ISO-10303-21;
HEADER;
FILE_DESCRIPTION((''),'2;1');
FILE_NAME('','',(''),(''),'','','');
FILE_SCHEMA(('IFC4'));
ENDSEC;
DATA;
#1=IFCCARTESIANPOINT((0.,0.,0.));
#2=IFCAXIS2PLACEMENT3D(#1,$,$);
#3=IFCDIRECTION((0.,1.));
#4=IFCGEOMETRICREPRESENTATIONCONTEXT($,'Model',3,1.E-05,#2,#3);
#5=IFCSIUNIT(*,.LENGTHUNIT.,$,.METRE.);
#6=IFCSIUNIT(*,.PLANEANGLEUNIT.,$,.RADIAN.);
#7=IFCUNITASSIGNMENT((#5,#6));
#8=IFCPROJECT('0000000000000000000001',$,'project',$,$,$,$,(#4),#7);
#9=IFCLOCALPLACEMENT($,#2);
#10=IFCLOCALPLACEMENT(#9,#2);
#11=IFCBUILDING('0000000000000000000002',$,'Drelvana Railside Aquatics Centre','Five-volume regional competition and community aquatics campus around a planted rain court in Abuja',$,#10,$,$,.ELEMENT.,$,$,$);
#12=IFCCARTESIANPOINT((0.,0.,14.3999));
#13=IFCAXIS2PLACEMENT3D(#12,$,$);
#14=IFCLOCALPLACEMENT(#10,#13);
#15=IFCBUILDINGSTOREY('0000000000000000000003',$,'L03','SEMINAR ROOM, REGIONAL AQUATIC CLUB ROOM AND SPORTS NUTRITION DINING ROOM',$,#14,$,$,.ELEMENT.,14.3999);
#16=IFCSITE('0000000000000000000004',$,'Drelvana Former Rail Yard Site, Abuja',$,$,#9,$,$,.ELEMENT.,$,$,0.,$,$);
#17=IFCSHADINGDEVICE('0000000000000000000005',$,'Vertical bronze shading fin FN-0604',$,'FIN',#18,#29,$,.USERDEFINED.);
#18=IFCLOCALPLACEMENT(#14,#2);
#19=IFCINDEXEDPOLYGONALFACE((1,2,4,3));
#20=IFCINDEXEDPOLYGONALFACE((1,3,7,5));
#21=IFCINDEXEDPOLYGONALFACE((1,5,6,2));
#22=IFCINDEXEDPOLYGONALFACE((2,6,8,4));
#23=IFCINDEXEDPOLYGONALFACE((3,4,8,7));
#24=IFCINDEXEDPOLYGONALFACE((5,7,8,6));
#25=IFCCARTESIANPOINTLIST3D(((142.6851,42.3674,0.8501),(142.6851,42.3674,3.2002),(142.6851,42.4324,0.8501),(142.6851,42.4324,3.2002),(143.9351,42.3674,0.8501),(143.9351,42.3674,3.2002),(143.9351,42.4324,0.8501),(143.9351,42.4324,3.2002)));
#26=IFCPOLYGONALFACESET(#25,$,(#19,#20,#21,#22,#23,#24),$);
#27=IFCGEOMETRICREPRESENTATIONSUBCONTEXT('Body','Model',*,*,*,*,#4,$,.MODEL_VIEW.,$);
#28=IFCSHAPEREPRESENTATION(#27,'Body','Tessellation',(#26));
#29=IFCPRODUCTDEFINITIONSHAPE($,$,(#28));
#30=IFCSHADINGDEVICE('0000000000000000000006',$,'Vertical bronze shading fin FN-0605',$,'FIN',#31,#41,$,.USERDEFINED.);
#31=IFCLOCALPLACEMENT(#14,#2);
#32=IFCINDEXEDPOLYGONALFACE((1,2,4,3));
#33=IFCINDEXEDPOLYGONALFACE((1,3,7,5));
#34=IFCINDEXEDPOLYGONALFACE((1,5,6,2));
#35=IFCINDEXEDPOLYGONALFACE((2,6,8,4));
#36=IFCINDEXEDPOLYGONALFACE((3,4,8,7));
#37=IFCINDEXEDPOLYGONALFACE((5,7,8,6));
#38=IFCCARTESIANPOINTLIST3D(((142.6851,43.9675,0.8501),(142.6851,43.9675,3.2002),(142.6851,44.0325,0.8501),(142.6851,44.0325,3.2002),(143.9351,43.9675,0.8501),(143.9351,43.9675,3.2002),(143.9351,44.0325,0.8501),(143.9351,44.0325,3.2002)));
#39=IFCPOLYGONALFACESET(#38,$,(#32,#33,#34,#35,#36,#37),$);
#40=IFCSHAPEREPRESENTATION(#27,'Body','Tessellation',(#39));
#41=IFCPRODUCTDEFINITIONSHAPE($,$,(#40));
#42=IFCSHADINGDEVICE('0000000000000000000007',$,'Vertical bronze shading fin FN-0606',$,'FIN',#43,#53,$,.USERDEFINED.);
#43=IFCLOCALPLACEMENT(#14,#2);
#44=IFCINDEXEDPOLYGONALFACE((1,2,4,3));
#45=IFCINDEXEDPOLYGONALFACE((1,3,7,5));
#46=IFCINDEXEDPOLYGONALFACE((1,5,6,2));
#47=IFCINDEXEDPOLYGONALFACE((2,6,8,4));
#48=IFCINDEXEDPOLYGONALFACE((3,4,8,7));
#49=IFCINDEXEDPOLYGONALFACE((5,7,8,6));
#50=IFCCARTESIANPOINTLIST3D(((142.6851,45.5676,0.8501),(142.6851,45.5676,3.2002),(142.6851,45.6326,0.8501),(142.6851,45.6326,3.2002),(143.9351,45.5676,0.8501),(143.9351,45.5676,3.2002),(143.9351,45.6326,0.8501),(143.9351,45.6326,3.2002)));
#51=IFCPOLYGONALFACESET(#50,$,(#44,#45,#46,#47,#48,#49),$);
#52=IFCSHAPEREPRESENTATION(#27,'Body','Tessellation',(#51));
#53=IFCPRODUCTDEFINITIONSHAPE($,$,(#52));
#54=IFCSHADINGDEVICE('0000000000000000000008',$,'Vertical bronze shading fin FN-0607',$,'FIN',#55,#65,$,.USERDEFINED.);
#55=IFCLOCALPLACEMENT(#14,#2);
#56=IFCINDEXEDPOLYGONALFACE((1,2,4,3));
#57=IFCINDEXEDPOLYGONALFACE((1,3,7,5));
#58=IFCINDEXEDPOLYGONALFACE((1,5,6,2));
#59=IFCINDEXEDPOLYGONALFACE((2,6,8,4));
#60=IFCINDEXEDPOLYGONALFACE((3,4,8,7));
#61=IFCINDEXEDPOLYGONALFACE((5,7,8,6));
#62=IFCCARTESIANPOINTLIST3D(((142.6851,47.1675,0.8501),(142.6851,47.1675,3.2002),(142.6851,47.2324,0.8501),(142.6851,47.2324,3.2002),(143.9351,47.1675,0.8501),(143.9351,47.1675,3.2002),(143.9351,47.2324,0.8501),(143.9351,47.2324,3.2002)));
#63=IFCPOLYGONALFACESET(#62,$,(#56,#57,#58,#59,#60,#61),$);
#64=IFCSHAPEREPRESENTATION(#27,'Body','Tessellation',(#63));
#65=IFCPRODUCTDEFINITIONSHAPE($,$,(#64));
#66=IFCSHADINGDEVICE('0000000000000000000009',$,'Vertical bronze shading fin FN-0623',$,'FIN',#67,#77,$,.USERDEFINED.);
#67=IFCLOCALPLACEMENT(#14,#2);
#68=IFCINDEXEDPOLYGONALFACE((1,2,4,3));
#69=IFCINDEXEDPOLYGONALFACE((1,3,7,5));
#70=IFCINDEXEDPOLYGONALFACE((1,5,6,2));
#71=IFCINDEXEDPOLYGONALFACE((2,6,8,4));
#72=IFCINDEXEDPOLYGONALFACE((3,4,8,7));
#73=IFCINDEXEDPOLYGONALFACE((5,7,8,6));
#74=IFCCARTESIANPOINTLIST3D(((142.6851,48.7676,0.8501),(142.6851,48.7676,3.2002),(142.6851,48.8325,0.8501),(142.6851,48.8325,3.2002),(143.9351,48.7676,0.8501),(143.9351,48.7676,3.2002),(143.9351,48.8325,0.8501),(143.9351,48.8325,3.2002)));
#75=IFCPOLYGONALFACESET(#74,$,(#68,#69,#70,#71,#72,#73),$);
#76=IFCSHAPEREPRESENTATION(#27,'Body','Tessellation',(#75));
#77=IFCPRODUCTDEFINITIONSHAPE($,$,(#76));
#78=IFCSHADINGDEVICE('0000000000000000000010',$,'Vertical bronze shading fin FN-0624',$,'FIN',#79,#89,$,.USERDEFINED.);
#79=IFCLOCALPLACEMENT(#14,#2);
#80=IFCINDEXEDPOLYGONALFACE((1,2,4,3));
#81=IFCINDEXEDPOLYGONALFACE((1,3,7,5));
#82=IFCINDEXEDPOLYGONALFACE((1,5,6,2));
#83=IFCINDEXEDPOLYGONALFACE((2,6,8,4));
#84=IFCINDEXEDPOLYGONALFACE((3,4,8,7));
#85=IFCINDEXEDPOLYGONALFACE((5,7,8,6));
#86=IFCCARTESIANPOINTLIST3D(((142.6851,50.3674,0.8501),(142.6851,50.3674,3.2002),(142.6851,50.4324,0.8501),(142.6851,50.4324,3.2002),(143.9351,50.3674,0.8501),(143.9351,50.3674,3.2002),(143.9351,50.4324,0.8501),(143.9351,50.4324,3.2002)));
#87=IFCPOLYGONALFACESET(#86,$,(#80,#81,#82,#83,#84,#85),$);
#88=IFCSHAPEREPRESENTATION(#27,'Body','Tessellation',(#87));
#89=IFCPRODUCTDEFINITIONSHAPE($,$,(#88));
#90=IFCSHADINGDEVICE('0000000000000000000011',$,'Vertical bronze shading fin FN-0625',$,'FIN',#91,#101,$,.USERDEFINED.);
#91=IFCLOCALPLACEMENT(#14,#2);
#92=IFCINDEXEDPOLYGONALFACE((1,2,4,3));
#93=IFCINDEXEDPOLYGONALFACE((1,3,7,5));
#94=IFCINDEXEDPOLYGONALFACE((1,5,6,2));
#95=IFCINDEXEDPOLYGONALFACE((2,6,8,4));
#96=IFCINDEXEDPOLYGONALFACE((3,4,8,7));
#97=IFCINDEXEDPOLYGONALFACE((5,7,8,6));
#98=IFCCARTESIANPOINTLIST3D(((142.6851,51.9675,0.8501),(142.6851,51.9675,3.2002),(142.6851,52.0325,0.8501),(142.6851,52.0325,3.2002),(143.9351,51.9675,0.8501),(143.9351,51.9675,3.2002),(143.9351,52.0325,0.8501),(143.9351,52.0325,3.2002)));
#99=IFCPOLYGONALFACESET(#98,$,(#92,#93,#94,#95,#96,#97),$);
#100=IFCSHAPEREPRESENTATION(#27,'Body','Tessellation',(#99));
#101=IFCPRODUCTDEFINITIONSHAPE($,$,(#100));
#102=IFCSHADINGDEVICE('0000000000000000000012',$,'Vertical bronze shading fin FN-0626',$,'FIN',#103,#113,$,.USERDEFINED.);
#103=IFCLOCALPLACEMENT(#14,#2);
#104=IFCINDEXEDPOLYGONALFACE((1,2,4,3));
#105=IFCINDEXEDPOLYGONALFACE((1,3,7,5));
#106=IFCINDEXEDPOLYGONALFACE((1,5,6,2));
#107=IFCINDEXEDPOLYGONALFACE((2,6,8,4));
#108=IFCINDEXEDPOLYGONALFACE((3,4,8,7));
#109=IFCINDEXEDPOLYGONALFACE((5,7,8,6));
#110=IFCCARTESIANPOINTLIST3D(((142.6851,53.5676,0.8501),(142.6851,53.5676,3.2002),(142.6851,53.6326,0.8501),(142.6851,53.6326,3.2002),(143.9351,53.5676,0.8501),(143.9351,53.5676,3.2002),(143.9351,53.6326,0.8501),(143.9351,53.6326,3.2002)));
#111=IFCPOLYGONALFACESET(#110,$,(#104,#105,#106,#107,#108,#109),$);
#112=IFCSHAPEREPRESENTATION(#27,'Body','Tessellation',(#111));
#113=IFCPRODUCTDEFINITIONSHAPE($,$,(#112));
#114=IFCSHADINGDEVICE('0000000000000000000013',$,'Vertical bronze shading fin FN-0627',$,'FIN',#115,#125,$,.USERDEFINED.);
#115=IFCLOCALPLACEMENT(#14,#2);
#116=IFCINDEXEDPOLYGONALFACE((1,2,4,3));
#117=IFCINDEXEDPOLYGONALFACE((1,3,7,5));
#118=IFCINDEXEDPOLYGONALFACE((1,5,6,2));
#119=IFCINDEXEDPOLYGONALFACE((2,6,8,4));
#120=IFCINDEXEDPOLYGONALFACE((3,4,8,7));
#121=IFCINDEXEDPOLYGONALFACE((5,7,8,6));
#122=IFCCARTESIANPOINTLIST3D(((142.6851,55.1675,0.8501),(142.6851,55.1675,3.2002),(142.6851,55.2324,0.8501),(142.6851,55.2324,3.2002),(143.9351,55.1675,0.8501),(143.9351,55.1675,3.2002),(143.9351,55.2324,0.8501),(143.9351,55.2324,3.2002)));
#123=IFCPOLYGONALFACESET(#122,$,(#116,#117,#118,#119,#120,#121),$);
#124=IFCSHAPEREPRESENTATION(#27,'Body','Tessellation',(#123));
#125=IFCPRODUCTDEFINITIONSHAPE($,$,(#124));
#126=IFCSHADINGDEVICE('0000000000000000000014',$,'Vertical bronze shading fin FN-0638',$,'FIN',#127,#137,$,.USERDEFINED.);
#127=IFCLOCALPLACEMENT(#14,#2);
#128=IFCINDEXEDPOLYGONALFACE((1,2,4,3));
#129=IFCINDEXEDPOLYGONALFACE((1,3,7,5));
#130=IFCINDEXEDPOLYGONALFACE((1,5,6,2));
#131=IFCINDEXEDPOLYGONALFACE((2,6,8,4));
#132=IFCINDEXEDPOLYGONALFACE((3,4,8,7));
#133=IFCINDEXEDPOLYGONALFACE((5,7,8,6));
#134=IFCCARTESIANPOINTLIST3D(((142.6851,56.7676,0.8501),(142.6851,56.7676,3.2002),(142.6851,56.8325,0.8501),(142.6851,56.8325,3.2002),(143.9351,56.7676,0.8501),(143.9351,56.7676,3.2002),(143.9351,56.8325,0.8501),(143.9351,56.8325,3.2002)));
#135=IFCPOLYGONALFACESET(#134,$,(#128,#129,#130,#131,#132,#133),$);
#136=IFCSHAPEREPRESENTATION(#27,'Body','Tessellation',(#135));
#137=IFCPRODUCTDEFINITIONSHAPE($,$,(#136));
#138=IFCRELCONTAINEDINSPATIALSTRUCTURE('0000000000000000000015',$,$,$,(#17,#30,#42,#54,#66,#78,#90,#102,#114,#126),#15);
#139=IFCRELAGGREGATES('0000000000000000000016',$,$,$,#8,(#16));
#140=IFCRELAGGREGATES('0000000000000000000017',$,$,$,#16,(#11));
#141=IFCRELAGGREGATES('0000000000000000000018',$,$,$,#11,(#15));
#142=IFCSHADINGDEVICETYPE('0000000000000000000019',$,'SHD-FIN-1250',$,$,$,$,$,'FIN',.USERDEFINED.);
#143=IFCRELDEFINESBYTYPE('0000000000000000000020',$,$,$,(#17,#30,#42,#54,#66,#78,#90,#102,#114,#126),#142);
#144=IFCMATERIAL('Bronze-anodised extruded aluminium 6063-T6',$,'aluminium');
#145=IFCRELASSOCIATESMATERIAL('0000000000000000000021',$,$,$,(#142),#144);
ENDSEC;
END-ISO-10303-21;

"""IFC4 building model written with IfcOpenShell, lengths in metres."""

from ifc_helpers import new_model, si_unit, direction, frame, origin, origin_2d, place, context, subcontext, project, spatial, rectangle, extrude, material, type_object, element, save


model = new_model("IFC4")

# Units and contexts
model_context = context("Model", 3, precision=1e-05, world=origin(), true_north=direction((0.0, 1.0)))
body_context = subcontext(model_context, "Body", "Model", "MODEL_VIEW")
ifc_project = project(units=[si_unit("LENGTHUNIT", "METRE"), si_unit("PLANEANGLEUNIT", "RADIAN")], contexts=[model_context])

# Site, building, storey
site_placement = place(None, origin())
site = spatial("IfcSite", under=ifc_project, at=site_placement, Name="Drelvana Former Rail Yard Site, Abuja", CompositionType="ELEMENT", RefElevation=0.0)
building_placement = place(site_placement, origin())
building = spatial("IfcBuilding", under=site, at=building_placement, Name="Drelvana Railside Aquatics Centre", Description="Five-volume regional competition and community aquatics campus around a planted rain court in Abuja", CompositionType="ELEMENT")
storey_placement = place(building_placement, frame((0.0, 0.0, 14.3999)))
storey = spatial("IfcBuildingStorey", under=building, at=storey_placement, Name="L03", Description="SEMINAR ROOM, REGIONAL AQUATIC CLUB ROOM AND SPORTS NUTRITION DINING ROOM", CompositionType="ELEMENT", Elevation=14.3999)

# Shading devices
ifc_material = material(Name="Bronze-anodised extruded aluminium 6063-T6", Category="aluminium")
shading_device_type = type_object("IfcShadingDeviceType", Name="SHD-FIN-1250", ElementType="FIN", PredefinedType="USERDEFINED", material=ifc_material)
for number, where, z_axis, x_axis, name in (
    (1, (143.3101, 42.3999, 0.8501), (0.0, 0.0, 1.0), (-1.0, 0.0, 0.0), "Vertical bronze shading fin FN-0604"),
    (2, (143.3101, 44.0, 0.8501), (0.0, 0.0, 1.0), (-1.0, 0.0, 0.0), "Vertical bronze shading fin FN-0605"),
    (3, (143.3101, 45.6001, 0.8501), (0.0, 0.0, 1.0), (-1.0, 0.0, 0.0), "Vertical bronze shading fin FN-0606"),
    (4, (143.3101, 47.2, 0.8501), (0.0, 0.0, 1.0), (-1.0, 0.0, 0.0), "Vertical bronze shading fin FN-0607"),
    (5, (143.3101, 48.8, 0.8501), (0.0, 0.0, 1.0), (-1.0, 0.0, 0.0), "Vertical bronze shading fin FN-0623"),
    (6, (143.3101, 50.3999, 0.8501), (0.0, 0.0, 1.0), (-1.0, 0.0, 0.0), "Vertical bronze shading fin FN-0624"),
    (7, (143.3101, 52.0, 0.8501), (0.0, 0.0, 1.0), (-1.0, 0.0, 0.0), "Vertical bronze shading fin FN-0625"),
    (8, (143.3101, 53.6001, 0.8501), (0.0, 0.0, 1.0), (-1.0, 0.0, 0.0), "Vertical bronze shading fin FN-0626"),
    (9, (143.3101, 55.2, 0.8501), (0.0, 0.0, 1.0), (-1.0, 0.0, 0.0), "Vertical bronze shading fin FN-0627"),
    (10, (143.3101, 56.8, 0.8501), (0.0, 0.0, 1.0), (-1.0, 0.0, 0.0), "Vertical bronze shading fin FN-0638"),
):
    element("IfcShadingDevice", number, at=place(storey_placement, frame(where, z_axis=z_axis, x_axis=x_axis)), inside=storey, type_object=shading_device_type, Name=name, ObjectType="FIN", PredefinedType="USERDEFINED", context=body_context, shape_type="SweptSolid", body=[
        extrude(rectangle(XDim=1.25, YDim=0.0649, at=origin_2d()), origin(), (0.0, 0.0, 1.0), 2.3501),
    ])

save(model, "model.ifc")
